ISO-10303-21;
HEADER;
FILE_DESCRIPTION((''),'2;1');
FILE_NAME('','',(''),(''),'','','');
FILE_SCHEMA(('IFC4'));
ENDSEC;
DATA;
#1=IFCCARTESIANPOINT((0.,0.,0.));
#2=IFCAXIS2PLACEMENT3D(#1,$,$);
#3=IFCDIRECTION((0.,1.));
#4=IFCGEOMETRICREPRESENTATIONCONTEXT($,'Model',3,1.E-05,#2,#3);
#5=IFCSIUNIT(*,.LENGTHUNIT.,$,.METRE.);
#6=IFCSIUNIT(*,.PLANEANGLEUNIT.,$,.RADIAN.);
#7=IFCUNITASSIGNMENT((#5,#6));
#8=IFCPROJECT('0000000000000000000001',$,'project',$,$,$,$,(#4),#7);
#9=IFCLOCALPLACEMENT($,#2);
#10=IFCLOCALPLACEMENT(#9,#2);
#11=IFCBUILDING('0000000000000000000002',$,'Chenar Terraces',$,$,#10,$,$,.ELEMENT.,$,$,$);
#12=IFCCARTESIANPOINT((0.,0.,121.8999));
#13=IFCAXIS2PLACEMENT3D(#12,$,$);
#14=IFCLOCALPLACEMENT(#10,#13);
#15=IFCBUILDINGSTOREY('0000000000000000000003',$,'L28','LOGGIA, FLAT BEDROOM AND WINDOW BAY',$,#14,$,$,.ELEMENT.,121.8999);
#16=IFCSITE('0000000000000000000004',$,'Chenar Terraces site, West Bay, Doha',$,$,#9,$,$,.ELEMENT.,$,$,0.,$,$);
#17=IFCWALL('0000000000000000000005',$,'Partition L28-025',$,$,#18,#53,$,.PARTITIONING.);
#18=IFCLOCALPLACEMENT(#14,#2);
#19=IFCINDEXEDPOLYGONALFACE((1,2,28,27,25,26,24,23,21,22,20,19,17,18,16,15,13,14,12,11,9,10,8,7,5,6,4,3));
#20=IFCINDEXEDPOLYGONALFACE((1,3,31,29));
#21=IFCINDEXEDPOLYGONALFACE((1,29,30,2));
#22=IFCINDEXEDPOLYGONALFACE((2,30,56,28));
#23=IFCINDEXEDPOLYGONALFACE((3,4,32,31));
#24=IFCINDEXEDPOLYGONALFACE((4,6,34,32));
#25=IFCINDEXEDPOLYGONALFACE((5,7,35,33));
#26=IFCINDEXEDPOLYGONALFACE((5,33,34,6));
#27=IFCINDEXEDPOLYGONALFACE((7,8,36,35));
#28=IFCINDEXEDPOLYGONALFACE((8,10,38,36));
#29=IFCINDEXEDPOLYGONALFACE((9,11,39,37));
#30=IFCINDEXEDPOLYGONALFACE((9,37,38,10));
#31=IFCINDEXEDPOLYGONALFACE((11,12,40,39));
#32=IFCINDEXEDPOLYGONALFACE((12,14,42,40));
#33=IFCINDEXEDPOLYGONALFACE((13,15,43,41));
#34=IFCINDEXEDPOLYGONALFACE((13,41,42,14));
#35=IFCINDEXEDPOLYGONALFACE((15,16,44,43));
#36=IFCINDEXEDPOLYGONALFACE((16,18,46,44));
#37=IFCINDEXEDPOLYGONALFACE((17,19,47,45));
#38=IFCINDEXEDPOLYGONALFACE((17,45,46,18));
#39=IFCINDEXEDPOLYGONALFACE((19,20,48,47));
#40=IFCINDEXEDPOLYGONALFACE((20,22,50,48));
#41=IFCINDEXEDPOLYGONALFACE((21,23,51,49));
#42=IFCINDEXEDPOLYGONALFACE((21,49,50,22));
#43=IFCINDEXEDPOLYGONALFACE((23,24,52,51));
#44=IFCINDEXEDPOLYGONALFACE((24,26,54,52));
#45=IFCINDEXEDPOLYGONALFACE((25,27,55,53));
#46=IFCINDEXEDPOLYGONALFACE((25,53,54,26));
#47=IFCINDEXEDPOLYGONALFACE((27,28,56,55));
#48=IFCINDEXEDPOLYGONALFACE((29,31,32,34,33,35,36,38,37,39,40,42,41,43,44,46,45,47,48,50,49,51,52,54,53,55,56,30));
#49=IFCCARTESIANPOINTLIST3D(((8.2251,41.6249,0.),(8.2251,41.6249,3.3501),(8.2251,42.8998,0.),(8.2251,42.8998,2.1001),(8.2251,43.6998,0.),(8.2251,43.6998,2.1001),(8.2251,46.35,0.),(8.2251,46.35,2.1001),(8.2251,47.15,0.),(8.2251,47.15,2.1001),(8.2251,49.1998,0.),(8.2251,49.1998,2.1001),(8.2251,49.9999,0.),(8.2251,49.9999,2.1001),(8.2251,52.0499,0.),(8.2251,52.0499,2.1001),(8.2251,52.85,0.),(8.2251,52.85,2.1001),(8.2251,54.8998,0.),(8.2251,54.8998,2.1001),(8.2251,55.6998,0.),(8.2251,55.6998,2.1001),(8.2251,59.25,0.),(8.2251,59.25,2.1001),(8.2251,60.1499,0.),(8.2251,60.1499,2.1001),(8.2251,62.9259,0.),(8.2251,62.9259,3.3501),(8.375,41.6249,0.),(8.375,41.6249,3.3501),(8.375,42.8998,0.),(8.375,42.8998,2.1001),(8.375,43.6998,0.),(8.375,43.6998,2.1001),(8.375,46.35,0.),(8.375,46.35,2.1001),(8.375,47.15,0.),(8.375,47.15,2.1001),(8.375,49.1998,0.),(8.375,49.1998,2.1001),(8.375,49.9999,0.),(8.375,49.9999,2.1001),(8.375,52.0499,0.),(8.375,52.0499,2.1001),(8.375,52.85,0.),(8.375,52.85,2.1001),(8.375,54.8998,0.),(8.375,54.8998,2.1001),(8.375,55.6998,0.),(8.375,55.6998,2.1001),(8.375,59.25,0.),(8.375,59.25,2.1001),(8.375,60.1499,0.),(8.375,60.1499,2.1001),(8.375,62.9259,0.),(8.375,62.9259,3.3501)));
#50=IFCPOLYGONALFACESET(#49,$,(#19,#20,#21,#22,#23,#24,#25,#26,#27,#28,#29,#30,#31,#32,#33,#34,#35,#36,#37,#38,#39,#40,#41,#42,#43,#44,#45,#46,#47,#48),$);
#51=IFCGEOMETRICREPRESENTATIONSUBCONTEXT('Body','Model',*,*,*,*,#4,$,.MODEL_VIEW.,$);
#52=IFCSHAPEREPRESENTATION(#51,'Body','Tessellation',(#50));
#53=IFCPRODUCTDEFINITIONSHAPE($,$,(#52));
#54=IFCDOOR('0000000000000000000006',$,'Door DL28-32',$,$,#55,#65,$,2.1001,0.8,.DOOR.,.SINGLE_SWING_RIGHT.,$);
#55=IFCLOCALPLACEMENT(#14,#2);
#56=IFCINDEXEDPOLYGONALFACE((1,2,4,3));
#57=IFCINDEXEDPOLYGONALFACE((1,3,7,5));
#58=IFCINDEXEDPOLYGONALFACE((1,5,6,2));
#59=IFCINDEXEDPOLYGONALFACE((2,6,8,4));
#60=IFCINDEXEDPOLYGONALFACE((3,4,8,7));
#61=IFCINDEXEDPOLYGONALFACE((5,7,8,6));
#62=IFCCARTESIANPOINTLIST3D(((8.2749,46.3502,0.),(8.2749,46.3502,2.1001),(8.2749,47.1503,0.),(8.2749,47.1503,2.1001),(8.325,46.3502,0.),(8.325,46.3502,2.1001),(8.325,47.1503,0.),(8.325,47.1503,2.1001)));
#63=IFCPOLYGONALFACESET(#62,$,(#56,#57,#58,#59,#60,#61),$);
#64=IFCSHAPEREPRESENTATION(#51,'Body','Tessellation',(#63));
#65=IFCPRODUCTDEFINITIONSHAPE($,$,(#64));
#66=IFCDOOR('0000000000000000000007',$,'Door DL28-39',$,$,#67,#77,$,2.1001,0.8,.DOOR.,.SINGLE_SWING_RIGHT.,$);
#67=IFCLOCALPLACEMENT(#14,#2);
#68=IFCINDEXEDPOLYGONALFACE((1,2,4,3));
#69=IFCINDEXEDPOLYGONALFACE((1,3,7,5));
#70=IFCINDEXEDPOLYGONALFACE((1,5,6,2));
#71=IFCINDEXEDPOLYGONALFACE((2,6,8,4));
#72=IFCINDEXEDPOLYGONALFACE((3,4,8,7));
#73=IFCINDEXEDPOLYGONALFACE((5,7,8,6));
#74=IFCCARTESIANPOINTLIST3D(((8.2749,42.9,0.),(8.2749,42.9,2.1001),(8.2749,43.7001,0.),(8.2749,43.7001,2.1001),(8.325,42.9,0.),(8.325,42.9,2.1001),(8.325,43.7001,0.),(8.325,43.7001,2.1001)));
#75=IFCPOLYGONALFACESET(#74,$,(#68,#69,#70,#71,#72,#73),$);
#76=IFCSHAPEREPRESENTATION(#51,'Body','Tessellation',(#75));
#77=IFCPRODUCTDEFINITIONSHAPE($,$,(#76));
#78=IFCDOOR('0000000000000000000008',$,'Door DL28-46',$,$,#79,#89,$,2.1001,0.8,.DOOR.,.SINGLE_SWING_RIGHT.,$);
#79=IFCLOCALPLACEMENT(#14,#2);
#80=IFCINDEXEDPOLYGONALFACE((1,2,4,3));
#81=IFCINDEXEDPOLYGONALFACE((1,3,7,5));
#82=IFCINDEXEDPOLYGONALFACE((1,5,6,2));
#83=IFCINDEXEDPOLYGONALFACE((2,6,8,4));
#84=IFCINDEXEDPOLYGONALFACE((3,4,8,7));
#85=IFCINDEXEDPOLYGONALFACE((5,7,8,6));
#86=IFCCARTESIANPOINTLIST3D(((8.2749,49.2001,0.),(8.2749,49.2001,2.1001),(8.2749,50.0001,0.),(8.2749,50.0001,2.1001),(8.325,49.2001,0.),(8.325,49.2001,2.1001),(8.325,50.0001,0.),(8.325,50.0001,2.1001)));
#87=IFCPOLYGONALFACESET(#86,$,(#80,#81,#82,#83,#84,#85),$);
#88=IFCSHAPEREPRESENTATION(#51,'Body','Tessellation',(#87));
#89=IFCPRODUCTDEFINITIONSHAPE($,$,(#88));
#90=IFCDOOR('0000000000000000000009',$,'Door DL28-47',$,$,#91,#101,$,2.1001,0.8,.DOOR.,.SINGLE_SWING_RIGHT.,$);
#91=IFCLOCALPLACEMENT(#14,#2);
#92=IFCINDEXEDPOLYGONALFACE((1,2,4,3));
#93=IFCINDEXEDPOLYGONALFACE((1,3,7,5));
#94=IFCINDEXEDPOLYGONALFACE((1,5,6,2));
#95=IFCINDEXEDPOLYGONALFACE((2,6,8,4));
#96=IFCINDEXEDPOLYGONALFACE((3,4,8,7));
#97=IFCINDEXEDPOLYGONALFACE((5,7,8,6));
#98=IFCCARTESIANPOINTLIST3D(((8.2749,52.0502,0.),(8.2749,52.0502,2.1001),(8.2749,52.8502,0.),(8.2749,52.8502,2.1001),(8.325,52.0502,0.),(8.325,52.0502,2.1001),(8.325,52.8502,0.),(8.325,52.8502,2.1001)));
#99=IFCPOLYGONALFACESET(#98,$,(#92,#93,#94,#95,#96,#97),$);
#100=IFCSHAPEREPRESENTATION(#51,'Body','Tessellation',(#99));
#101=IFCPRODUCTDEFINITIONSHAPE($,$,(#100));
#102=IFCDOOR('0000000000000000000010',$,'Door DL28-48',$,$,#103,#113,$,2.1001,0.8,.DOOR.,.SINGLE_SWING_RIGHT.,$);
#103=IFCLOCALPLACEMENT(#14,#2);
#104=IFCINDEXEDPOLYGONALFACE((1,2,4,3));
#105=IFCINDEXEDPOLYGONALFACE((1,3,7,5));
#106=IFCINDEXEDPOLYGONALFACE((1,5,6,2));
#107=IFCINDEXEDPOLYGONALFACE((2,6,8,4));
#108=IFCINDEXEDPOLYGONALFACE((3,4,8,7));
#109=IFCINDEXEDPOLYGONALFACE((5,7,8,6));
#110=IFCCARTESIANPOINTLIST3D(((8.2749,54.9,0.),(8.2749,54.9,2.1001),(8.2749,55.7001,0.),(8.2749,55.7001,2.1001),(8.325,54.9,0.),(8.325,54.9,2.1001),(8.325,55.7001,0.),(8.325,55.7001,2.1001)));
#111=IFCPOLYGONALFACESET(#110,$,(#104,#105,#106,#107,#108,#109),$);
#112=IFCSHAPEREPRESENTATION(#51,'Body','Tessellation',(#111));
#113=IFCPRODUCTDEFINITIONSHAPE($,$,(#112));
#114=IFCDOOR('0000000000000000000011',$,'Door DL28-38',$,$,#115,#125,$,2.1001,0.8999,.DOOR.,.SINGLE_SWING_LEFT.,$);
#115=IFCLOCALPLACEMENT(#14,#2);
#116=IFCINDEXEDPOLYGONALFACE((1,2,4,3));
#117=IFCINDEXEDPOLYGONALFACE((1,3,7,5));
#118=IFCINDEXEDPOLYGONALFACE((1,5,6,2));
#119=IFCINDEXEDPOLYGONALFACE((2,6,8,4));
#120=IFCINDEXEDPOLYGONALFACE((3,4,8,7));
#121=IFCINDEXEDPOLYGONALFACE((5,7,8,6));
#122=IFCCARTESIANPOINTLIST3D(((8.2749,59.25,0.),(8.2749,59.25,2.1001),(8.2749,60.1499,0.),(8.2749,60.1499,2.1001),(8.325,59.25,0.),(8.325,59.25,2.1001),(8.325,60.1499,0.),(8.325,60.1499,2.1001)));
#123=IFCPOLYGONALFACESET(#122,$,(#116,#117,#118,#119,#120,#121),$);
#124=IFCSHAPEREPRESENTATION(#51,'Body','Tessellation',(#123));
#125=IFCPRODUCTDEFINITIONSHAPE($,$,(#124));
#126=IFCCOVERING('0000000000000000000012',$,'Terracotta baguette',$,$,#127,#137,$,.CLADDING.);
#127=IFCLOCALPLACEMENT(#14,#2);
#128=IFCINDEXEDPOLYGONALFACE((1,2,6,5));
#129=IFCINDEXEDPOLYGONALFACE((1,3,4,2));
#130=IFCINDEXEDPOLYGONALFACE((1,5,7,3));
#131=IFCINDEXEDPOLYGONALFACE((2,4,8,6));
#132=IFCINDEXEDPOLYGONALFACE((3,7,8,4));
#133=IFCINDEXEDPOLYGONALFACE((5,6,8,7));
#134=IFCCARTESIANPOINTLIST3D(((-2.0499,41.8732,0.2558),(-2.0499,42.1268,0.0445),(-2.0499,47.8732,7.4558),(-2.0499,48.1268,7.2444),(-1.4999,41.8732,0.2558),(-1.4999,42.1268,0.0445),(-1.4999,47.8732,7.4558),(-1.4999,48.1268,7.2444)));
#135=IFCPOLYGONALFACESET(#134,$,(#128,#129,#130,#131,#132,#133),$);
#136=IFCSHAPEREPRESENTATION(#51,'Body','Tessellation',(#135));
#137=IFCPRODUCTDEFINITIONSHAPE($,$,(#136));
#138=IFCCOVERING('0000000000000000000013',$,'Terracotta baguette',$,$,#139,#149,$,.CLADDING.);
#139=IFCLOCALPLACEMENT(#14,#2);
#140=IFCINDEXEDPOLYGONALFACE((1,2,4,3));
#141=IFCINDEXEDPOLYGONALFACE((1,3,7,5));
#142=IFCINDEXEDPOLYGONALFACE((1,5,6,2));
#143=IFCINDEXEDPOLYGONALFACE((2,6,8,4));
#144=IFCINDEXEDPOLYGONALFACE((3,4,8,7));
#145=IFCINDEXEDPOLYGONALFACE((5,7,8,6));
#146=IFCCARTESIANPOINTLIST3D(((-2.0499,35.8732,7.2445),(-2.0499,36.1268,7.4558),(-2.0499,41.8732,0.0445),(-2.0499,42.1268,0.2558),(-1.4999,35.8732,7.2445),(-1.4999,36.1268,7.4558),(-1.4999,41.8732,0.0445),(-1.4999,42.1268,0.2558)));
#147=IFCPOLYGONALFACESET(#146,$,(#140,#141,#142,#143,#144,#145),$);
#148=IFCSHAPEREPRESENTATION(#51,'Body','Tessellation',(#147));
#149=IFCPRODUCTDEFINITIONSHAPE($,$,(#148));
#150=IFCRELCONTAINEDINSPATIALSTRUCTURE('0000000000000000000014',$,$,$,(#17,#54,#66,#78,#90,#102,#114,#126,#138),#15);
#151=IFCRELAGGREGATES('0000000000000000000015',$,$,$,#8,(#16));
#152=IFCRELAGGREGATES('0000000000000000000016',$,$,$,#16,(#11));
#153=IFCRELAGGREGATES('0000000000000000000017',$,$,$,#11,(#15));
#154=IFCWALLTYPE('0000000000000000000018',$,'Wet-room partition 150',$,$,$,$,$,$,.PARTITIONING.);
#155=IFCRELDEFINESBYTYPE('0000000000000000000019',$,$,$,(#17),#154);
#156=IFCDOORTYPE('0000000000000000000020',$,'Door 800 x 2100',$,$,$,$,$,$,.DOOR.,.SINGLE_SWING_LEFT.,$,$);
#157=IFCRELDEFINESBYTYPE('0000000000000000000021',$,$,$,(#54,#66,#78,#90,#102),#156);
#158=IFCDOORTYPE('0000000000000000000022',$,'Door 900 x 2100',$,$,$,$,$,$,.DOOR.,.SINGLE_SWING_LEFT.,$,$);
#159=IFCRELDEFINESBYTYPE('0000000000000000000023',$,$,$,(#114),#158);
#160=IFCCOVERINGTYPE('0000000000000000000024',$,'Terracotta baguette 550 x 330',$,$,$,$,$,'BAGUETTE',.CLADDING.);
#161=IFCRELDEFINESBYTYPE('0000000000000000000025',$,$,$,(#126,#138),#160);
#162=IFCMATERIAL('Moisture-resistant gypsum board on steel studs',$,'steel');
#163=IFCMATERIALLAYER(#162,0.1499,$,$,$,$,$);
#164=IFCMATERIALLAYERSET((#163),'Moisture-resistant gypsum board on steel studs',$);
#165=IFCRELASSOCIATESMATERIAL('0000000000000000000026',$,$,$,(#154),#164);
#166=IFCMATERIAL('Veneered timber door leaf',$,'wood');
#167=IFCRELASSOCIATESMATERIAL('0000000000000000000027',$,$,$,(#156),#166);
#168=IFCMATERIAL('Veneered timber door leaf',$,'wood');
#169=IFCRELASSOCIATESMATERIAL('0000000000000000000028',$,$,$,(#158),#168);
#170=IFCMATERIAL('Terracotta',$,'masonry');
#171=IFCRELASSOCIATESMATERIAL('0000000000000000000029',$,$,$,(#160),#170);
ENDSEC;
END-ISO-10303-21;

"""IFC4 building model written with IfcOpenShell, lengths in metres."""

from ifc_helpers import new_model, si_unit, direction, frame, frame_2d, origin, origin_2d, place, context, subcontext, project, spatial, rectangle, extrude, material, layer, layer_set, material_profile, profile_set, type_object, element, fill, save


model = new_model("IFC4")

# Units and contexts
model_context = context("Model", 3, precision=1e-05, world=origin(), true_north=direction((0.0, 1.0)))
body_context = subcontext(model_context, "Body", "Model", "MODEL_VIEW")
ifc_project = project(units=[si_unit("LENGTHUNIT", "METRE"), si_unit("PLANEANGLEUNIT", "RADIAN")], contexts=[model_context])

# Site, building, storey
site_placement = place(None, origin())
site = spatial("IfcSite", under=ifc_project, at=site_placement, Name="Chenar Terraces site, West Bay, Doha", CompositionType="ELEMENT", RefElevation=0.0)
building_placement = place(site_placement, origin())
building = spatial("IfcBuilding", under=site, at=building_placement, Name="Chenar Terraces", CompositionType="ELEMENT")
storey_placement = place(building_placement, frame((0.0, 0.0, 121.8999)))
storey = spatial("IfcBuildingStorey", under=building, at=storey_placement, Name="L28", Description="LOGGIA, FLAT BEDROOM AND WINDOW BAY", CompositionType="ELEMENT", Elevation=121.8999)

# Shared definitions
ifc_material_1 = material(Name="Moisture-resistant gypsum board on steel studs", Category="steel")
ifc_layer_1 = layer(ifc_material_1, 0.1499)
ifc_layer_set_1 = layer_set([ifc_layer_1], Name="Moisture-resistant gypsum board on steel studs")
wall_type_1 = type_object("IfcWallType", Name="Wet-room partition 150", PredefinedType="PARTITIONING", material=ifc_layer_set_1)

# Shared definitions
ifc_material_2 = material(Name="Veneered timber door leaf", Category="wood")
door_type_1 = type_object("IfcDoorType", Name="Door 800 x 2100", OperationType="SINGLE_SWING_LEFT", PredefinedType="DOOR", material=ifc_material_2)

# Wall, openings, doors
wall_1_placement = place(storey_placement, frame((8.3, 41.625, 0.0), z_axis=(0.0, 0.0, 1.0), x_axis=(0.0, 1.0, 0.0)))
wall_1 = element("IfcWall", 1, at=wall_1_placement, inside=storey, type_object=wall_type_1, Name="Partition L28-025", PredefinedType="PARTITIONING", context=body_context, shape_type="SweptSolid", body=[
    extrude(rectangle(XDim=21.301, YDim=0.1499, at=frame_2d((10.6504, 0.0))), origin(), (0.0, 0.0, 1.0), 3.3501),
])
opening_1_placement = place(wall_1_placement, frame((4.7251, 0.0, 0.0)))
opening_1 = element("IfcOpeningElement", 2, at=opening_1_placement, cuts=wall_1, PredefinedType="OPENING", context=body_context, shape_type="SweptSolid", body=[
    extrude(rectangle(XDim=0.8, YDim=2.1001, at=frame_2d((0.3999, 1.05))), frame((0.0, 0.085, 0.0), z_axis=(0.0, -1.0, 0.0), x_axis=(1.0, 0.0, 0.0)), (0.0, 0.0, 1.0), 0.1699),
])
opening_2_placement = place(wall_1_placement, frame((17.625, 0.0, 0.0)))
opening_2 = element("IfcOpeningElement", 3, at=opening_2_placement, cuts=wall_1, PredefinedType="OPENING", context=body_context, shape_type="SweptSolid", body=[
    extrude(rectangle(XDim=0.8999, YDim=2.1001, at=frame_2d((0.45, 1.05))), frame((0.0, 0.085, 0.0), z_axis=(0.0, -1.0, 0.0), x_axis=(1.0, 0.0, 0.0)), (0.0, 0.0, 1.0), 0.1699),
])
opening_3_placement = place(wall_1_placement, frame((1.2749, 0.0, 0.0)))
opening_3 = element("IfcOpeningElement", 4, at=opening_3_placement, cuts=wall_1, PredefinedType="OPENING", context=body_context, shape_type="SweptSolid", body=[
    extrude(rectangle(XDim=0.8, YDim=2.1001, at=frame_2d((0.3999, 1.05))), frame((0.0, 0.085, 0.0), z_axis=(0.0, -1.0, 0.0), x_axis=(1.0, 0.0, 0.0)), (0.0, 0.0, 1.0), 0.1699),
])
opening_4_placement = place(wall_1_placement, frame((7.575, 0.0, 0.0)))
opening_4 = element("IfcOpeningElement", 5, at=opening_4_placement, cuts=wall_1, PredefinedType="OPENING", context=body_context, shape_type="SweptSolid", body=[
    extrude(rectangle(XDim=0.8, YDim=2.1001, at=frame_2d((0.3999, 1.05))), frame((0.0, 0.085, 0.0), z_axis=(0.0, -1.0, 0.0), x_axis=(1.0, 0.0, 0.0)), (0.0, 0.0, 1.0), 0.1699),
])
opening_5_placement = place(wall_1_placement, frame((10.425, 0.0, 0.0)))
opening_5 = element("IfcOpeningElement", 6, at=opening_5_placement, cuts=wall_1, PredefinedType="OPENING", context=body_context, shape_type="SweptSolid", body=[
    extrude(rectangle(XDim=0.8, YDim=2.1001, at=frame_2d((0.3999, 1.05))), frame((0.0, 0.085, 0.0), z_axis=(0.0, -1.0, 0.0), x_axis=(1.0, 0.0, 0.0)), (0.0, 0.0, 1.0), 0.1699),
])
opening_6_placement = place(wall_1_placement, frame((13.2749, 0.0, 0.0)))
opening_6 = element("IfcOpeningElement", 7, at=opening_6_placement, cuts=wall_1, PredefinedType="OPENING", context=body_context, shape_type="SweptSolid", body=[
    extrude(rectangle(XDim=0.8, YDim=2.1001, at=frame_2d((0.3999, 1.05))), frame((0.0, 0.085, 0.0), z_axis=(0.0, -1.0, 0.0), x_axis=(1.0, 0.0, 0.0)), (0.0, 0.0, 1.0), 0.1699),
])
door_1_placement = place(opening_1_placement, frame((0.8, 0.0, 0.0), z_axis=(0.0, 0.0, 1.0), x_axis=(-1.0, 0.0, 0.0)))
door_1 = element("IfcDoor", 8, at=door_1_placement, inside=storey, type_object=door_type_1, Name="Door DL28-32", OperationType="SINGLE_SWING_RIGHT", OverallHeight=2.1001, OverallWidth=0.8, PredefinedType="DOOR", context=body_context, shape_type="SweptSolid", body=[
    extrude(rectangle(XDim=0.8, YDim=2.1001, at=frame_2d((0.3999, 1.05))), frame((0.0, 0.0249, 0.0), z_axis=(0.0, -1.0, 0.0), x_axis=(1.0, 0.0, 0.0)), (0.0, 0.0, 1.0), 0.05),
])
fill(opening_1, door_1)
door_2_placement = place(opening_3_placement, frame((0.8, 0.0, 0.0), z_axis=(0.0, 0.0, 1.0), x_axis=(-1.0, 0.0, 0.0)))
door_2 = element("IfcDoor", 9, at=door_2_placement, inside=storey, type_object=door_type_1, Name="Door DL28-39", OperationType="SINGLE_SWING_RIGHT", OverallHeight=2.1001, OverallWidth=0.8, PredefinedType="DOOR", context=body_context, shape_type="SweptSolid", body=[
    extrude(rectangle(XDim=0.8, YDim=2.1001, at=frame_2d((0.3999, 1.05))), frame((0.0, 0.0249, 0.0), z_axis=(0.0, -1.0, 0.0), x_axis=(1.0, 0.0, 0.0)), (0.0, 0.0, 1.0), 0.05),
])
fill(opening_3, door_2)
door_3_placement = place(opening_4_placement, frame((0.8, 0.0, 0.0), z_axis=(0.0, 0.0, 1.0), x_axis=(-1.0, 0.0, 0.0)))
door_3 = element("IfcDoor", 10, at=door_3_placement, inside=storey, type_object=door_type_1, Name="Door DL28-46", OperationType="SINGLE_SWING_RIGHT", OverallHeight=2.1001, OverallWidth=0.8, PredefinedType="DOOR", context=body_context, shape_type="SweptSolid", body=[
    extrude(rectangle(XDim=0.8, YDim=2.1001, at=frame_2d((0.3999, 1.05))), frame((0.0, 0.0249, 0.0), z_axis=(0.0, -1.0, 0.0), x_axis=(1.0, 0.0, 0.0)), (0.0, 0.0, 1.0), 0.05),
])
fill(opening_4, door_3)
door_4_placement = place(opening_5_placement, frame((0.8, 0.0, 0.0), z_axis=(0.0, 0.0, 1.0), x_axis=(-1.0, 0.0, 0.0)))
door_4 = element("IfcDoor", 11, at=door_4_placement, inside=storey, type_object=door_type_1, Name="Door DL28-47", OperationType="SINGLE_SWING_RIGHT", OverallHeight=2.1001, OverallWidth=0.8, PredefinedType="DOOR", context=body_context, shape_type="SweptSolid", body=[
    extrude(rectangle(XDim=0.8, YDim=2.1001, at=frame_2d((0.3999, 1.05))), frame((0.0, 0.0249, 0.0), z_axis=(0.0, -1.0, 0.0), x_axis=(1.0, 0.0, 0.0)), (0.0, 0.0, 1.0), 0.05),
])
fill(opening_5, door_4)
door_5_placement = place(opening_6_placement, frame((0.8, 0.0, 0.0), z_axis=(0.0, 0.0, 1.0), x_axis=(-1.0, 0.0, 0.0)))
door_5 = element("IfcDoor", 12, at=door_5_placement, inside=storey, type_object=door_type_1, Name="Door DL28-48", OperationType="SINGLE_SWING_RIGHT", OverallHeight=2.1001, OverallWidth=0.8, PredefinedType="DOOR", context=body_context, shape_type="SweptSolid", body=[
    extrude(rectangle(XDim=0.8, YDim=2.1001, at=frame_2d((0.3999, 1.05))), frame((0.0, 0.0249, 0.0), z_axis=(0.0, -1.0, 0.0), x_axis=(1.0, 0.0, 0.0)), (0.0, 0.0, 1.0), 0.05),
])
fill(opening_6, door_5)
ifc_material_3 = material(Name="Veneered timber door leaf", Category="wood")
door_type_2 = type_object("IfcDoorType", Name="Door 900 x 2100", OperationType="SINGLE_SWING_LEFT", PredefinedType="DOOR", material=ifc_material_3)
door_6_placement = place(opening_2_placement, frame((0.8999, 0.0, 0.0), z_axis=(0.0, 0.0, 1.0), x_axis=(-1.0, 0.0, 0.0)))
door_6 = element("IfcDoor", 13, at=door_6_placement, inside=storey, type_object=door_type_2, Name="Door DL28-38", OperationType="SINGLE_SWING_LEFT", OverallHeight=2.1001, OverallWidth=0.8999, PredefinedType="DOOR", context=body_context, shape_type="SweptSolid", body=[
    extrude(rectangle(XDim=0.8999, YDim=2.1001, at=frame_2d((0.45, 1.05))), frame((0.0, 0.0249, 0.0), z_axis=(0.0, -1.0, 0.0), x_axis=(1.0, 0.0, 0.0)), (0.0, 0.0, 1.0), 0.05),
])
fill(opening_2, door_6)

# Coverings
ifc_material_4 = material(Name="Terracotta", Category="masonry")
ifc_material_profile_1 = material_profile(ifc_material_4, rectangle(XDim=0.55, YDim=0.3301, at=origin_2d()), Name="Terracotta baguette 550 x 330")
ifc_profile_set_1 = profile_set([ifc_material_profile_1], Name="Terracotta")
covering_type = type_object("IfcCoveringType", Name="Terracotta baguette 550 x 330", ElementType="BAGUETTE", PredefinedType="CLADDING", material=ifc_profile_set_1)
for number, where, z_axis, x_axis, name in (
    (14, (-1.7749, 48.0, 7.3501), (0.0, -0.640187, -0.768219), (1.0, 0.0, 0.0), "Terracotta baguette"),
    (15, (-1.7749, 42.0, 0.1501), (0.0, -0.640187, 0.768219), (1.0, 0.0, 0.0), "Terracotta baguette"),
):
    element("IfcCovering", number, at=place(storey_placement, frame(where, z_axis=z_axis, x_axis=x_axis)), inside=storey, type_object=covering_type, Name=name, PredefinedType="CLADDING", context=body_context, shape_type="SweptSolid", body=[
        extrude(rectangle(XDim=0.55, YDim=0.3301, at=origin_2d()), origin(), (0.0, 0.0, 1.0), 9.3723),
    ])

save(model, "model.ifc")
